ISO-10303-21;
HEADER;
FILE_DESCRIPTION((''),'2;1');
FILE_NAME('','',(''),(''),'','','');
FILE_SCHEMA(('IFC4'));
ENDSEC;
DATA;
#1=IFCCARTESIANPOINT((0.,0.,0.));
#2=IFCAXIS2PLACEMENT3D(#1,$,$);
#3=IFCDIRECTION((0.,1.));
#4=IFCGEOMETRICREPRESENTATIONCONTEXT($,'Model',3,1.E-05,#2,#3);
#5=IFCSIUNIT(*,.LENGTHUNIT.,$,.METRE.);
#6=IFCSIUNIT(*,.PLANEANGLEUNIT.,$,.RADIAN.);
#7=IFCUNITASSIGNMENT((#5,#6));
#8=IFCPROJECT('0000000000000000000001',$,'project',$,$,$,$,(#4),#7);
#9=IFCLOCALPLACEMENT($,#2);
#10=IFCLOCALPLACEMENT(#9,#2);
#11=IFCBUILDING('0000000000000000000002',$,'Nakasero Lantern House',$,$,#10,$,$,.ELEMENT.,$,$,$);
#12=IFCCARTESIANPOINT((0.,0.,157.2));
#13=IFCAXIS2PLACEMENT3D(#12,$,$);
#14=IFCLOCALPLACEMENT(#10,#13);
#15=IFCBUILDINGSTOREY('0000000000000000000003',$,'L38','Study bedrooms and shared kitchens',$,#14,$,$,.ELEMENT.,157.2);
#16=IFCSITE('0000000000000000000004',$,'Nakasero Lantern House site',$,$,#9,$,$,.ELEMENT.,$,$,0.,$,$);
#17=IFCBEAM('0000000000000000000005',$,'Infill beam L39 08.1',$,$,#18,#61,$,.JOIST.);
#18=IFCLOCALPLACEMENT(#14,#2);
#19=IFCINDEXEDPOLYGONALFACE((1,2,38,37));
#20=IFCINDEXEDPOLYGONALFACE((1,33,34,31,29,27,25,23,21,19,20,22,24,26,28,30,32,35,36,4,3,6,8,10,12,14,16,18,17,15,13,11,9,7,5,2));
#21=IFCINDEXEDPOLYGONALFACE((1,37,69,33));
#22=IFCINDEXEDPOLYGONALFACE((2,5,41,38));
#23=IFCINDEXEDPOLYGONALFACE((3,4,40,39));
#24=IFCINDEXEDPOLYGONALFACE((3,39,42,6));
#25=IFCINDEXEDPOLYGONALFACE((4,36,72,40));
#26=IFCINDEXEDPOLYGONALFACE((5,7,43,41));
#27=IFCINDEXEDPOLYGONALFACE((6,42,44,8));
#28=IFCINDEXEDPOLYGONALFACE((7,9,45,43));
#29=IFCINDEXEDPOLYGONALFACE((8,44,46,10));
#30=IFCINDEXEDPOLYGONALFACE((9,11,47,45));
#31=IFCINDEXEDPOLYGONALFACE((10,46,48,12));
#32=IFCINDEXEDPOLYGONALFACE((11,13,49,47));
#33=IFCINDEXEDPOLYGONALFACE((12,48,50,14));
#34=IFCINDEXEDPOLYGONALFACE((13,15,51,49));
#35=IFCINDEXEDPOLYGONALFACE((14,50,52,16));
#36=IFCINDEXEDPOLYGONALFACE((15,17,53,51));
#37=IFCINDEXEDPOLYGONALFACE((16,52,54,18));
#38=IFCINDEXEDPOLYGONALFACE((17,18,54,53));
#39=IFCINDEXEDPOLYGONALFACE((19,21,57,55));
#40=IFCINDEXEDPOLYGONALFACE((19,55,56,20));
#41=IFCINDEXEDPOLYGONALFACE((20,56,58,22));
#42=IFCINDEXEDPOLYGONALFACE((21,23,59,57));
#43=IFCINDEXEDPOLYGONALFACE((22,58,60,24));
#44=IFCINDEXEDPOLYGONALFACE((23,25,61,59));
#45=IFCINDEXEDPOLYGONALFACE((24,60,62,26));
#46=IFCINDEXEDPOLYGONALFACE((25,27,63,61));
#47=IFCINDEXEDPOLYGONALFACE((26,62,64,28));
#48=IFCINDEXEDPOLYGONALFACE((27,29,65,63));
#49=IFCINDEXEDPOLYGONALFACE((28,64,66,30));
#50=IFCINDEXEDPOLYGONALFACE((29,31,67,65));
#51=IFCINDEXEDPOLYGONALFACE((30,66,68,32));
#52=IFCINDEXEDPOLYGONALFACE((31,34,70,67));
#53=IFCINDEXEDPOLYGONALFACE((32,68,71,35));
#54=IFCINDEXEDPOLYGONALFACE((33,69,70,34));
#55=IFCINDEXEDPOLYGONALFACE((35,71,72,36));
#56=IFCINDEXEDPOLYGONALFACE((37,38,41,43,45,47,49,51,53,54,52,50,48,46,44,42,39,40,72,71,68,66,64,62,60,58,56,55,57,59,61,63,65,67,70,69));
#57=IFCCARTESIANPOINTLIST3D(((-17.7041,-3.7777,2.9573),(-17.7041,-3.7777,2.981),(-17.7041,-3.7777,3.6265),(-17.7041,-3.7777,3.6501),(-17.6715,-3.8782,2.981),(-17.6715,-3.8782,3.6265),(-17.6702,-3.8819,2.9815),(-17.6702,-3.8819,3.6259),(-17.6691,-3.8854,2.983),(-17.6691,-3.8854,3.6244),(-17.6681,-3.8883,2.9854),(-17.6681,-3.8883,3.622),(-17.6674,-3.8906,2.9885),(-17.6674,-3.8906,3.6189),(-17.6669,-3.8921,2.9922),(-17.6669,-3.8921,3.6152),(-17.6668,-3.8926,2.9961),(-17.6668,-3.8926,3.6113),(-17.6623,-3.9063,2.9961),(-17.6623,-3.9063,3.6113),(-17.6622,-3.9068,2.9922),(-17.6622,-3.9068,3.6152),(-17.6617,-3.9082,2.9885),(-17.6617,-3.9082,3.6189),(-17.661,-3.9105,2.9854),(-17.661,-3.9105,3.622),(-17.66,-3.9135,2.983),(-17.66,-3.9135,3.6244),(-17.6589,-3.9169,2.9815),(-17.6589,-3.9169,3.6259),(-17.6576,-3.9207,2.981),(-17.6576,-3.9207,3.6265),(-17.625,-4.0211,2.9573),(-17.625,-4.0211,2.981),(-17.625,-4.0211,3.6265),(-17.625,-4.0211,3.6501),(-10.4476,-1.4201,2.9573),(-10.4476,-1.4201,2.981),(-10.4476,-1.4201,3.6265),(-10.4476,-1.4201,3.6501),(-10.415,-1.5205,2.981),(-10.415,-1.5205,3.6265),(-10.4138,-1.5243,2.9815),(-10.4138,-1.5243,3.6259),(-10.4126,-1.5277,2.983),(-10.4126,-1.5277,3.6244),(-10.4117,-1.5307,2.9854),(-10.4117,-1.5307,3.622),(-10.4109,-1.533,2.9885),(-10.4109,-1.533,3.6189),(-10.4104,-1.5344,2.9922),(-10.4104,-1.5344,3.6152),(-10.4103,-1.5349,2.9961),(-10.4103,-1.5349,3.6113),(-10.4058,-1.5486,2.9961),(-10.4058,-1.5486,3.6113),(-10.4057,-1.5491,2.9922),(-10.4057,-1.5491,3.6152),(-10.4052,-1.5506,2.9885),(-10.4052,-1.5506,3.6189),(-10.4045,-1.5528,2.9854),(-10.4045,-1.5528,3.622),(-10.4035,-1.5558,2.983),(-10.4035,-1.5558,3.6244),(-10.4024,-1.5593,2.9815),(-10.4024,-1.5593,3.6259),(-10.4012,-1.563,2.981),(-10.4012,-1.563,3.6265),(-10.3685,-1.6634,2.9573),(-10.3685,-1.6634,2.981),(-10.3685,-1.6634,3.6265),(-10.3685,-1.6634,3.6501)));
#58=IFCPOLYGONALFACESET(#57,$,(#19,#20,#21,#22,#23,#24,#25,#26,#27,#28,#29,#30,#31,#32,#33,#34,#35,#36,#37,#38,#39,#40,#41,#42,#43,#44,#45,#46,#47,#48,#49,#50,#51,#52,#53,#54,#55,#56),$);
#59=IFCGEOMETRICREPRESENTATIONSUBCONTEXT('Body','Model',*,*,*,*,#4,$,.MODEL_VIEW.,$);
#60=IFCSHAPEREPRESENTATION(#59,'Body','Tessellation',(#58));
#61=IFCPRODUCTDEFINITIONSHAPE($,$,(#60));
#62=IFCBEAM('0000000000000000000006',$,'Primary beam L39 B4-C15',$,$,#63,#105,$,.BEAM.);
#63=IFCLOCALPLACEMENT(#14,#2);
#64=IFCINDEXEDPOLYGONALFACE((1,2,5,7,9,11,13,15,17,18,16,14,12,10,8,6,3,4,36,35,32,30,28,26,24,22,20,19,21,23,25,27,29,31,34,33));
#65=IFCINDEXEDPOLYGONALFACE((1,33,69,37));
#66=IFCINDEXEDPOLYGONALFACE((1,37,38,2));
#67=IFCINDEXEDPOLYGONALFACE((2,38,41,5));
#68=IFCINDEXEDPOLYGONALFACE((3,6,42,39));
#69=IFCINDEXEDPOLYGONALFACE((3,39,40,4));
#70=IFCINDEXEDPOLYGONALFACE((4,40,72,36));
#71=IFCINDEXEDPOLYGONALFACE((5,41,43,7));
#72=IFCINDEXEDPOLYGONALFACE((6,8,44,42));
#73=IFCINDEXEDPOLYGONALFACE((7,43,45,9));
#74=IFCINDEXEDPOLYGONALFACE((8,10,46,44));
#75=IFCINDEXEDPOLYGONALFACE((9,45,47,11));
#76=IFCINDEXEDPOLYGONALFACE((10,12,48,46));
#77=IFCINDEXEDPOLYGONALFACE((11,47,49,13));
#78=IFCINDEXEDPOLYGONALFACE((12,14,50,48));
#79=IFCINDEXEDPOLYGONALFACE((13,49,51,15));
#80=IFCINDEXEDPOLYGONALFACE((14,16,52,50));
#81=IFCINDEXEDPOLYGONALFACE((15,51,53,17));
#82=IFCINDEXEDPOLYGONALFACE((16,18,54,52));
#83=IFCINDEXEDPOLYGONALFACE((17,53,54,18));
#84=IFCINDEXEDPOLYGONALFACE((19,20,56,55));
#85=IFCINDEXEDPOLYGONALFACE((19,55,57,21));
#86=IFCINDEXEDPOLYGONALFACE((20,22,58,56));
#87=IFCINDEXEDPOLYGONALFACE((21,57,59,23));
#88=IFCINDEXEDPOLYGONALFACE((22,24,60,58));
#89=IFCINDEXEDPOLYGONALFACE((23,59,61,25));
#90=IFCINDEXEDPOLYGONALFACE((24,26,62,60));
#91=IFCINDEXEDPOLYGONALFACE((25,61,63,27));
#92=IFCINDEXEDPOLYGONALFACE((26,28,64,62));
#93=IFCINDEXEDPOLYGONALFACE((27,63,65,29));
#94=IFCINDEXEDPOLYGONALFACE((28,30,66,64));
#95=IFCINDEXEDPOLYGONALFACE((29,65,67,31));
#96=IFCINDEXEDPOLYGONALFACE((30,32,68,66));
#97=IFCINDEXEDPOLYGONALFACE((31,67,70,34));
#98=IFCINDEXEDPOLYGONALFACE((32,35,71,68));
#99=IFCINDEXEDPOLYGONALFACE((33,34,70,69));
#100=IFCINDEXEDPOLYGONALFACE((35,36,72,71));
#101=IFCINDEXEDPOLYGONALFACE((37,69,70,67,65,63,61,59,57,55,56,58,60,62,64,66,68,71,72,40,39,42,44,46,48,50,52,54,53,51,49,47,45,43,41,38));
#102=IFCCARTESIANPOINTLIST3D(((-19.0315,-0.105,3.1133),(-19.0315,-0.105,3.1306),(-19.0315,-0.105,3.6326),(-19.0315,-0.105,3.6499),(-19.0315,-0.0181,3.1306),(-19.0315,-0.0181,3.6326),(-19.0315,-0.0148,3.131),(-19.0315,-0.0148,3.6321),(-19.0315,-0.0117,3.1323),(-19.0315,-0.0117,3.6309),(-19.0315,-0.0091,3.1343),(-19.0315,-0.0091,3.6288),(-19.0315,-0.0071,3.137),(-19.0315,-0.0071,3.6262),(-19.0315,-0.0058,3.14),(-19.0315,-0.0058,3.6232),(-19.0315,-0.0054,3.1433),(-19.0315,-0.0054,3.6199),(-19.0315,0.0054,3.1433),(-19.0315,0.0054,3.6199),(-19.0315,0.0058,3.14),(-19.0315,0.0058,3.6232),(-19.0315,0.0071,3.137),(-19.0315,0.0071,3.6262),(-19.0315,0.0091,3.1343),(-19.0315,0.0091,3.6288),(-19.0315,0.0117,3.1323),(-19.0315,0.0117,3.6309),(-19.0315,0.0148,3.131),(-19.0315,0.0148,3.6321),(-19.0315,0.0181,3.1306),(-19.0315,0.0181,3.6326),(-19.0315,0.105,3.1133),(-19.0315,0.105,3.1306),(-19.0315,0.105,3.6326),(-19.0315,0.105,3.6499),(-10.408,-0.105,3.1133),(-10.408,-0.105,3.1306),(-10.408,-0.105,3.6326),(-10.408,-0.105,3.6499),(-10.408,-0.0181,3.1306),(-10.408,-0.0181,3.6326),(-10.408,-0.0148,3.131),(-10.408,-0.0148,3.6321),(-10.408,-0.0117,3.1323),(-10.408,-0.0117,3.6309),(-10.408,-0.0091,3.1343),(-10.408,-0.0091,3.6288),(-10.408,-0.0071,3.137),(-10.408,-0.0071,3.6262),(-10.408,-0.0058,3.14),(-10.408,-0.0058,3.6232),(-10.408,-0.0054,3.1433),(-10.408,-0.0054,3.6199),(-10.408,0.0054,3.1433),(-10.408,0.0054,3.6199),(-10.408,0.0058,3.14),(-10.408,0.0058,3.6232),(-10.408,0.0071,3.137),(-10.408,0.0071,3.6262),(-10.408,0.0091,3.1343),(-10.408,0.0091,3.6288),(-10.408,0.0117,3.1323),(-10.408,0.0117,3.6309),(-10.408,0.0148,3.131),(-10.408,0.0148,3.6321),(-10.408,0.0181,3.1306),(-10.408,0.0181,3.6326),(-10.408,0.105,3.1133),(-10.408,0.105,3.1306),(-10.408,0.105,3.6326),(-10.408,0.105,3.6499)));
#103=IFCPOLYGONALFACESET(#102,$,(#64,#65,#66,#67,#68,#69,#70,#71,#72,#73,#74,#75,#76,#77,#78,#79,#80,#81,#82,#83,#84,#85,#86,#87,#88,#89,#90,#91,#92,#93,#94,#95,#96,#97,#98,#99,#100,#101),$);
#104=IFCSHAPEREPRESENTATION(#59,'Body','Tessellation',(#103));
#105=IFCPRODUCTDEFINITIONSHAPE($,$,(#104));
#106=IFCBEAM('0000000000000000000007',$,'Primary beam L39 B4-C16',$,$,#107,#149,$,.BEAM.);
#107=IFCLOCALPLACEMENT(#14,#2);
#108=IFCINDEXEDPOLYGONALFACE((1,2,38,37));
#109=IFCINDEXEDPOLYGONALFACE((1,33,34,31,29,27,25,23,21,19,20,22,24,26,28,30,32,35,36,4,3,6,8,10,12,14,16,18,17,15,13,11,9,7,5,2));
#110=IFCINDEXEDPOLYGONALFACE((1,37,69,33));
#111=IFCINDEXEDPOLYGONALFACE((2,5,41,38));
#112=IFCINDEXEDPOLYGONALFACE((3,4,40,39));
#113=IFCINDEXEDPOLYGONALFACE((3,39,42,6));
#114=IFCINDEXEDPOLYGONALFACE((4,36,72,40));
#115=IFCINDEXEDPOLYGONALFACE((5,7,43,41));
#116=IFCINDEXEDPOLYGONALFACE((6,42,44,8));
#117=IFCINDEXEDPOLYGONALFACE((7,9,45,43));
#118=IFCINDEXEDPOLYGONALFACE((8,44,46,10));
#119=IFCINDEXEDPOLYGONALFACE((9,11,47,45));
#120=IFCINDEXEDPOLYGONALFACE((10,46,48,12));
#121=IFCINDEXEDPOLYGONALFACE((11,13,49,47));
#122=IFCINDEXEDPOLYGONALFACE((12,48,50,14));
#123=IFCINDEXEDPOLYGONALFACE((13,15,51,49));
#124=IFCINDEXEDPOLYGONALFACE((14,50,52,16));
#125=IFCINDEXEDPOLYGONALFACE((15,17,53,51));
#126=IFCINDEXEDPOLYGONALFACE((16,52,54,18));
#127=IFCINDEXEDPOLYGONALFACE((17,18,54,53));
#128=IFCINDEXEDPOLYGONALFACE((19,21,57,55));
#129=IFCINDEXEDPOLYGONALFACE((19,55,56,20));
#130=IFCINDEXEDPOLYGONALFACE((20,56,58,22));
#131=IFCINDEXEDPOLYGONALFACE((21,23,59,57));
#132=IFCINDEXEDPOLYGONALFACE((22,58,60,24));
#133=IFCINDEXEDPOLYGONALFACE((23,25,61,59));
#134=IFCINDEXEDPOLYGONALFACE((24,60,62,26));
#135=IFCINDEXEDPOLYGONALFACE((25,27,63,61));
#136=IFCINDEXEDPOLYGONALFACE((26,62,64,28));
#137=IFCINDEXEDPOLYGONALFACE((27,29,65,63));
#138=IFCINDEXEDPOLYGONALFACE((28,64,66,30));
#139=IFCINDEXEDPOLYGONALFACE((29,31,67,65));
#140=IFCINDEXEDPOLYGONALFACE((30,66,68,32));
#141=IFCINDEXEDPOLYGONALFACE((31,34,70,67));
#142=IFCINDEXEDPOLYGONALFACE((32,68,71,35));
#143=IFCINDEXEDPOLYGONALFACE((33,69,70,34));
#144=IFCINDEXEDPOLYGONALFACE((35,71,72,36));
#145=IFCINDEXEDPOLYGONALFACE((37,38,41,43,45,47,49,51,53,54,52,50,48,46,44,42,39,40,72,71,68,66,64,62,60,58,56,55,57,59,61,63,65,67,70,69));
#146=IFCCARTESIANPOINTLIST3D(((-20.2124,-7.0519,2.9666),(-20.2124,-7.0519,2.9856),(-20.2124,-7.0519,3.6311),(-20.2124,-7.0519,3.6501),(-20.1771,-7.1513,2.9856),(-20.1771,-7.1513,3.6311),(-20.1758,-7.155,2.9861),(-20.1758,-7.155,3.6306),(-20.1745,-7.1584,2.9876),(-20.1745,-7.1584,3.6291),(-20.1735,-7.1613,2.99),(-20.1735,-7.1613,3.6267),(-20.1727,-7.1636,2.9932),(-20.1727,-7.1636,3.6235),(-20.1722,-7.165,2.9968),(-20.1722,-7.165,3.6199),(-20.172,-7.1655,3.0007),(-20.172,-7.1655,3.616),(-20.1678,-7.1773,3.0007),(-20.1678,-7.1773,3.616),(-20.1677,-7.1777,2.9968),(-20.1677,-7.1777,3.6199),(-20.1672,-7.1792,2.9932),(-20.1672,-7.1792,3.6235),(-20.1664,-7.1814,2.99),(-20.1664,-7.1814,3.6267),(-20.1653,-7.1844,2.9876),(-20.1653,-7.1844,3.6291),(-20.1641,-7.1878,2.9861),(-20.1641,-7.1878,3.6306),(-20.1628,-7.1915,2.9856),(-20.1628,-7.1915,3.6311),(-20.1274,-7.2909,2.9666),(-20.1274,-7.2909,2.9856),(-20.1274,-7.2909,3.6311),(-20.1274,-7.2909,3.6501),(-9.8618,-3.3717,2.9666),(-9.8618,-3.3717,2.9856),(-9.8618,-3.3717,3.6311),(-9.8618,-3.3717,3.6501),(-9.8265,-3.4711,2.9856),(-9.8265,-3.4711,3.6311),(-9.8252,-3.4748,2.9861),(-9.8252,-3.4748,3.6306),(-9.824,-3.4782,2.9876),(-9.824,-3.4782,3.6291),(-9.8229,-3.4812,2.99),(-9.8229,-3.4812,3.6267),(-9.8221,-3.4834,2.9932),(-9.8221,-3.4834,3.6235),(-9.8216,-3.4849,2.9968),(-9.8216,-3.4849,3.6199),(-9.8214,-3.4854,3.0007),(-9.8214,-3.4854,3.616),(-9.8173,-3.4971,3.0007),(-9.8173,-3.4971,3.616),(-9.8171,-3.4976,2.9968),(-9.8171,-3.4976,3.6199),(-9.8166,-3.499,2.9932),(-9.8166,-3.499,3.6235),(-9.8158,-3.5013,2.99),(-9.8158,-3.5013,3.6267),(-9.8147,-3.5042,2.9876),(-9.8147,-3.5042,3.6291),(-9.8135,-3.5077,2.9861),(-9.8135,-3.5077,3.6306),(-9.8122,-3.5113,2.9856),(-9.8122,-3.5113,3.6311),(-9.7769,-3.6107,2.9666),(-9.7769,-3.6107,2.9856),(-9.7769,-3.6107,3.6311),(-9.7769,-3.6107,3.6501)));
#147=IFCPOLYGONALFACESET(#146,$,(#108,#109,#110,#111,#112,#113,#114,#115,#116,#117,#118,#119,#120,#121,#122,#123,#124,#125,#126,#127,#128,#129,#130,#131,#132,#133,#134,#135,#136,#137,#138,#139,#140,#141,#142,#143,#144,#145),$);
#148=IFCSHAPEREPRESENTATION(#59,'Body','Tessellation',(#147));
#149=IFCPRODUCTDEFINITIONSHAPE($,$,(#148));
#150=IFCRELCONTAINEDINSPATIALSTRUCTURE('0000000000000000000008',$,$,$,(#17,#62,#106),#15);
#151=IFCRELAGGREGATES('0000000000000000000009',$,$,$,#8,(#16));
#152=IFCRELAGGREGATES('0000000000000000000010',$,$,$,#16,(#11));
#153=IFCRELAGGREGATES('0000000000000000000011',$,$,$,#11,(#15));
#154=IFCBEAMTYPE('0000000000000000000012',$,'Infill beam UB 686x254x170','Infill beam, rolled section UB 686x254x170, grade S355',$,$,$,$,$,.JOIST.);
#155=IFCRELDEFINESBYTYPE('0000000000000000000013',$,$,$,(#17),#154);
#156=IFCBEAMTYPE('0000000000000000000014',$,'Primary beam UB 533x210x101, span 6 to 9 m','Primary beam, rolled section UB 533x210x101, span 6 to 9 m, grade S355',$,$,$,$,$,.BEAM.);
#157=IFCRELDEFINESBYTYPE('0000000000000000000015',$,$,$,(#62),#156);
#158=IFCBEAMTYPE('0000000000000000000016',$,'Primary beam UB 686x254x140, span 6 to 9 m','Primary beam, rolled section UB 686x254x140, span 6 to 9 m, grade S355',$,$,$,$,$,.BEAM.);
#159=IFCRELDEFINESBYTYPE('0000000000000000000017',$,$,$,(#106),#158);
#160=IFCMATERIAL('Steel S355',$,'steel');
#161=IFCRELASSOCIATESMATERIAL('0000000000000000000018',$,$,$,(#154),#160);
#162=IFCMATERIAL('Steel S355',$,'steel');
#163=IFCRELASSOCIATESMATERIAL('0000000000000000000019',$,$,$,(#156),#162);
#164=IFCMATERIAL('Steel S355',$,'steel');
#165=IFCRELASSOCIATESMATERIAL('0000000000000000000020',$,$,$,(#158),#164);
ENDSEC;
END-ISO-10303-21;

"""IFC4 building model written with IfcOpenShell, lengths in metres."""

from ifc_helpers import new_model, si_unit, direction, frame, origin, origin_2d, place, context, subcontext, project, spatial, i_section, extrude, material, material_profile, profile_set, type_object, element, save


model = new_model("IFC4")

# Units and contexts
model_context = context("Model", 3, precision=1e-05, world=origin(), true_north=direction((0.0, 1.0)))
body_context = subcontext(model_context, "Body", "Model", "MODEL_VIEW")
ifc_project = project(units=[si_unit("LENGTHUNIT", "METRE"), si_unit("PLANEANGLEUNIT", "RADIAN")], contexts=[model_context])

# Site, building, storey
site_placement = place(None, origin())
site = spatial("IfcSite", under=ifc_project, at=site_placement, Name="Nakasero Lantern House site", CompositionType="ELEMENT", RefElevation=0.0)
building_placement = place(site_placement, origin())
building = spatial("IfcBuilding", under=site, at=building_placement, Name="Nakasero Lantern House", CompositionType="ELEMENT")
storey_placement = place(building_placement, frame((0.0, 0.0, 157.2)))
storey = spatial("IfcBuildingStorey", under=building, at=storey_placement, Name="L38", Description="Study bedrooms and shared kitchens", CompositionType="ELEMENT", Elevation=157.2)

# Beams
ifc_material_1 = material(Name="Steel S355", Category="steel")
ifc_material_profile_1 = material_profile(ifc_material_1, i_section(OverallWidth=0.2559, OverallDepth=0.6929, WebThickness=0.0144, FlangeThickness=0.0237, FilletRadius=0.0151, at=origin_2d()), Name="UB 686x254x170")
ifc_profile_set_1 = profile_set([ifc_material_profile_1], Name="Steel S355")
beam_type_1 = type_object("IfcBeamType", Name="Infill beam UB 686x254x170", Description="Infill beam, rolled section UB 686x254x170, grade S355", PredefinedType="JOIST", material=ifc_profile_set_1)
beam_1_placement = place(storey_placement, frame((-17.6646, -3.8994, 3.3037), z_axis=(0.951062, 0.309, 0.0), x_axis=(-0.309, 0.951062, 0.0)))
element("IfcBeam", 1, at=beam_1_placement, inside=storey, type_object=beam_type_1, Name="Infill beam L39 08.1", PredefinedType="JOIST", context=body_context, shape_type="SweptSolid", body=[
    extrude(i_section(OverallWidth=0.2559, OverallDepth=0.6929, WebThickness=0.0144, FlangeThickness=0.0237, FilletRadius=0.0151, at=origin_2d()), origin(), (0.0, 0.0, 1.0), 7.6299),
])
ifc_material_2 = material(Name="Steel S355", Category="steel")
ifc_material_profile_2 = material_profile(ifc_material_2, i_section(OverallWidth=0.21, OverallDepth=0.5366, WebThickness=0.0107, FlangeThickness=0.0173, FilletRadius=0.0127, at=origin_2d()), Name="UB 533x210x101")
ifc_profile_set_2 = profile_set([ifc_material_profile_2], Name="Steel S355")
beam_type_2 = type_object("IfcBeamType", Name="Primary beam UB 533x210x101, span 6 to 9 m", Description="Primary beam, rolled section UB 533x210x101, span 6 to 9 m, grade S355", PredefinedType="BEAM", material=ifc_profile_set_2)
beam_2_placement = place(storey_placement, frame((-19.0315, 0.0, 3.3816), z_axis=(1.0, 0.0, 0.0), x_axis=(0.0, 1.0, 0.0)))
element("IfcBeam", 2, at=beam_2_placement, inside=storey, type_object=beam_type_2, Name="Primary beam L39 B4-C15", PredefinedType="BEAM", context=body_context, shape_type="SweptSolid", body=[
    extrude(i_section(OverallWidth=0.21, OverallDepth=0.5366, WebThickness=0.0107, FlangeThickness=0.0173, FilletRadius=0.0127, at=origin_2d()), origin(), (0.0, 0.0, 1.0), 8.6235),
])
ifc_material_3 = material(Name="Steel S355", Category="steel")
ifc_material_profile_3 = material_profile(ifc_material_3, i_section(OverallWidth=0.2537, OverallDepth=0.6836, WebThickness=0.0125, FlangeThickness=0.019, FilletRadius=0.0151, at=origin_2d()), Name="UB 686x254x140")
ifc_profile_set_3 = profile_set([ifc_material_profile_3], Name="Steel S355")
beam_type_3 = type_object("IfcBeamType", Name="Primary beam UB 686x254x140, span 6 to 9 m", Description="Primary beam, rolled section UB 686x254x140, span 6 to 9 m, grade S355", PredefinedType="BEAM", material=ifc_profile_set_3)
beam_3_placement = place(storey_placement, frame((-20.1699, -7.1714, 3.3083), z_axis=(0.942216, 0.335007, 0.0), x_axis=(-0.335007, 0.942216, 0.0)))
element("IfcBeam", 3, at=beam_3_placement, inside=storey, type_object=beam_type_3, Name="Primary beam L39 B4-C16", PredefinedType="BEAM", context=body_context, shape_type="SweptSolid", body=[
    extrude(i_section(OverallWidth=0.2537, OverallDepth=0.6836, WebThickness=0.0125, FlangeThickness=0.019, FilletRadius=0.0151, at=origin_2d()), origin(), (0.0, 0.0, 1.0), 10.9854),
])

save(model, "model.ifc")
